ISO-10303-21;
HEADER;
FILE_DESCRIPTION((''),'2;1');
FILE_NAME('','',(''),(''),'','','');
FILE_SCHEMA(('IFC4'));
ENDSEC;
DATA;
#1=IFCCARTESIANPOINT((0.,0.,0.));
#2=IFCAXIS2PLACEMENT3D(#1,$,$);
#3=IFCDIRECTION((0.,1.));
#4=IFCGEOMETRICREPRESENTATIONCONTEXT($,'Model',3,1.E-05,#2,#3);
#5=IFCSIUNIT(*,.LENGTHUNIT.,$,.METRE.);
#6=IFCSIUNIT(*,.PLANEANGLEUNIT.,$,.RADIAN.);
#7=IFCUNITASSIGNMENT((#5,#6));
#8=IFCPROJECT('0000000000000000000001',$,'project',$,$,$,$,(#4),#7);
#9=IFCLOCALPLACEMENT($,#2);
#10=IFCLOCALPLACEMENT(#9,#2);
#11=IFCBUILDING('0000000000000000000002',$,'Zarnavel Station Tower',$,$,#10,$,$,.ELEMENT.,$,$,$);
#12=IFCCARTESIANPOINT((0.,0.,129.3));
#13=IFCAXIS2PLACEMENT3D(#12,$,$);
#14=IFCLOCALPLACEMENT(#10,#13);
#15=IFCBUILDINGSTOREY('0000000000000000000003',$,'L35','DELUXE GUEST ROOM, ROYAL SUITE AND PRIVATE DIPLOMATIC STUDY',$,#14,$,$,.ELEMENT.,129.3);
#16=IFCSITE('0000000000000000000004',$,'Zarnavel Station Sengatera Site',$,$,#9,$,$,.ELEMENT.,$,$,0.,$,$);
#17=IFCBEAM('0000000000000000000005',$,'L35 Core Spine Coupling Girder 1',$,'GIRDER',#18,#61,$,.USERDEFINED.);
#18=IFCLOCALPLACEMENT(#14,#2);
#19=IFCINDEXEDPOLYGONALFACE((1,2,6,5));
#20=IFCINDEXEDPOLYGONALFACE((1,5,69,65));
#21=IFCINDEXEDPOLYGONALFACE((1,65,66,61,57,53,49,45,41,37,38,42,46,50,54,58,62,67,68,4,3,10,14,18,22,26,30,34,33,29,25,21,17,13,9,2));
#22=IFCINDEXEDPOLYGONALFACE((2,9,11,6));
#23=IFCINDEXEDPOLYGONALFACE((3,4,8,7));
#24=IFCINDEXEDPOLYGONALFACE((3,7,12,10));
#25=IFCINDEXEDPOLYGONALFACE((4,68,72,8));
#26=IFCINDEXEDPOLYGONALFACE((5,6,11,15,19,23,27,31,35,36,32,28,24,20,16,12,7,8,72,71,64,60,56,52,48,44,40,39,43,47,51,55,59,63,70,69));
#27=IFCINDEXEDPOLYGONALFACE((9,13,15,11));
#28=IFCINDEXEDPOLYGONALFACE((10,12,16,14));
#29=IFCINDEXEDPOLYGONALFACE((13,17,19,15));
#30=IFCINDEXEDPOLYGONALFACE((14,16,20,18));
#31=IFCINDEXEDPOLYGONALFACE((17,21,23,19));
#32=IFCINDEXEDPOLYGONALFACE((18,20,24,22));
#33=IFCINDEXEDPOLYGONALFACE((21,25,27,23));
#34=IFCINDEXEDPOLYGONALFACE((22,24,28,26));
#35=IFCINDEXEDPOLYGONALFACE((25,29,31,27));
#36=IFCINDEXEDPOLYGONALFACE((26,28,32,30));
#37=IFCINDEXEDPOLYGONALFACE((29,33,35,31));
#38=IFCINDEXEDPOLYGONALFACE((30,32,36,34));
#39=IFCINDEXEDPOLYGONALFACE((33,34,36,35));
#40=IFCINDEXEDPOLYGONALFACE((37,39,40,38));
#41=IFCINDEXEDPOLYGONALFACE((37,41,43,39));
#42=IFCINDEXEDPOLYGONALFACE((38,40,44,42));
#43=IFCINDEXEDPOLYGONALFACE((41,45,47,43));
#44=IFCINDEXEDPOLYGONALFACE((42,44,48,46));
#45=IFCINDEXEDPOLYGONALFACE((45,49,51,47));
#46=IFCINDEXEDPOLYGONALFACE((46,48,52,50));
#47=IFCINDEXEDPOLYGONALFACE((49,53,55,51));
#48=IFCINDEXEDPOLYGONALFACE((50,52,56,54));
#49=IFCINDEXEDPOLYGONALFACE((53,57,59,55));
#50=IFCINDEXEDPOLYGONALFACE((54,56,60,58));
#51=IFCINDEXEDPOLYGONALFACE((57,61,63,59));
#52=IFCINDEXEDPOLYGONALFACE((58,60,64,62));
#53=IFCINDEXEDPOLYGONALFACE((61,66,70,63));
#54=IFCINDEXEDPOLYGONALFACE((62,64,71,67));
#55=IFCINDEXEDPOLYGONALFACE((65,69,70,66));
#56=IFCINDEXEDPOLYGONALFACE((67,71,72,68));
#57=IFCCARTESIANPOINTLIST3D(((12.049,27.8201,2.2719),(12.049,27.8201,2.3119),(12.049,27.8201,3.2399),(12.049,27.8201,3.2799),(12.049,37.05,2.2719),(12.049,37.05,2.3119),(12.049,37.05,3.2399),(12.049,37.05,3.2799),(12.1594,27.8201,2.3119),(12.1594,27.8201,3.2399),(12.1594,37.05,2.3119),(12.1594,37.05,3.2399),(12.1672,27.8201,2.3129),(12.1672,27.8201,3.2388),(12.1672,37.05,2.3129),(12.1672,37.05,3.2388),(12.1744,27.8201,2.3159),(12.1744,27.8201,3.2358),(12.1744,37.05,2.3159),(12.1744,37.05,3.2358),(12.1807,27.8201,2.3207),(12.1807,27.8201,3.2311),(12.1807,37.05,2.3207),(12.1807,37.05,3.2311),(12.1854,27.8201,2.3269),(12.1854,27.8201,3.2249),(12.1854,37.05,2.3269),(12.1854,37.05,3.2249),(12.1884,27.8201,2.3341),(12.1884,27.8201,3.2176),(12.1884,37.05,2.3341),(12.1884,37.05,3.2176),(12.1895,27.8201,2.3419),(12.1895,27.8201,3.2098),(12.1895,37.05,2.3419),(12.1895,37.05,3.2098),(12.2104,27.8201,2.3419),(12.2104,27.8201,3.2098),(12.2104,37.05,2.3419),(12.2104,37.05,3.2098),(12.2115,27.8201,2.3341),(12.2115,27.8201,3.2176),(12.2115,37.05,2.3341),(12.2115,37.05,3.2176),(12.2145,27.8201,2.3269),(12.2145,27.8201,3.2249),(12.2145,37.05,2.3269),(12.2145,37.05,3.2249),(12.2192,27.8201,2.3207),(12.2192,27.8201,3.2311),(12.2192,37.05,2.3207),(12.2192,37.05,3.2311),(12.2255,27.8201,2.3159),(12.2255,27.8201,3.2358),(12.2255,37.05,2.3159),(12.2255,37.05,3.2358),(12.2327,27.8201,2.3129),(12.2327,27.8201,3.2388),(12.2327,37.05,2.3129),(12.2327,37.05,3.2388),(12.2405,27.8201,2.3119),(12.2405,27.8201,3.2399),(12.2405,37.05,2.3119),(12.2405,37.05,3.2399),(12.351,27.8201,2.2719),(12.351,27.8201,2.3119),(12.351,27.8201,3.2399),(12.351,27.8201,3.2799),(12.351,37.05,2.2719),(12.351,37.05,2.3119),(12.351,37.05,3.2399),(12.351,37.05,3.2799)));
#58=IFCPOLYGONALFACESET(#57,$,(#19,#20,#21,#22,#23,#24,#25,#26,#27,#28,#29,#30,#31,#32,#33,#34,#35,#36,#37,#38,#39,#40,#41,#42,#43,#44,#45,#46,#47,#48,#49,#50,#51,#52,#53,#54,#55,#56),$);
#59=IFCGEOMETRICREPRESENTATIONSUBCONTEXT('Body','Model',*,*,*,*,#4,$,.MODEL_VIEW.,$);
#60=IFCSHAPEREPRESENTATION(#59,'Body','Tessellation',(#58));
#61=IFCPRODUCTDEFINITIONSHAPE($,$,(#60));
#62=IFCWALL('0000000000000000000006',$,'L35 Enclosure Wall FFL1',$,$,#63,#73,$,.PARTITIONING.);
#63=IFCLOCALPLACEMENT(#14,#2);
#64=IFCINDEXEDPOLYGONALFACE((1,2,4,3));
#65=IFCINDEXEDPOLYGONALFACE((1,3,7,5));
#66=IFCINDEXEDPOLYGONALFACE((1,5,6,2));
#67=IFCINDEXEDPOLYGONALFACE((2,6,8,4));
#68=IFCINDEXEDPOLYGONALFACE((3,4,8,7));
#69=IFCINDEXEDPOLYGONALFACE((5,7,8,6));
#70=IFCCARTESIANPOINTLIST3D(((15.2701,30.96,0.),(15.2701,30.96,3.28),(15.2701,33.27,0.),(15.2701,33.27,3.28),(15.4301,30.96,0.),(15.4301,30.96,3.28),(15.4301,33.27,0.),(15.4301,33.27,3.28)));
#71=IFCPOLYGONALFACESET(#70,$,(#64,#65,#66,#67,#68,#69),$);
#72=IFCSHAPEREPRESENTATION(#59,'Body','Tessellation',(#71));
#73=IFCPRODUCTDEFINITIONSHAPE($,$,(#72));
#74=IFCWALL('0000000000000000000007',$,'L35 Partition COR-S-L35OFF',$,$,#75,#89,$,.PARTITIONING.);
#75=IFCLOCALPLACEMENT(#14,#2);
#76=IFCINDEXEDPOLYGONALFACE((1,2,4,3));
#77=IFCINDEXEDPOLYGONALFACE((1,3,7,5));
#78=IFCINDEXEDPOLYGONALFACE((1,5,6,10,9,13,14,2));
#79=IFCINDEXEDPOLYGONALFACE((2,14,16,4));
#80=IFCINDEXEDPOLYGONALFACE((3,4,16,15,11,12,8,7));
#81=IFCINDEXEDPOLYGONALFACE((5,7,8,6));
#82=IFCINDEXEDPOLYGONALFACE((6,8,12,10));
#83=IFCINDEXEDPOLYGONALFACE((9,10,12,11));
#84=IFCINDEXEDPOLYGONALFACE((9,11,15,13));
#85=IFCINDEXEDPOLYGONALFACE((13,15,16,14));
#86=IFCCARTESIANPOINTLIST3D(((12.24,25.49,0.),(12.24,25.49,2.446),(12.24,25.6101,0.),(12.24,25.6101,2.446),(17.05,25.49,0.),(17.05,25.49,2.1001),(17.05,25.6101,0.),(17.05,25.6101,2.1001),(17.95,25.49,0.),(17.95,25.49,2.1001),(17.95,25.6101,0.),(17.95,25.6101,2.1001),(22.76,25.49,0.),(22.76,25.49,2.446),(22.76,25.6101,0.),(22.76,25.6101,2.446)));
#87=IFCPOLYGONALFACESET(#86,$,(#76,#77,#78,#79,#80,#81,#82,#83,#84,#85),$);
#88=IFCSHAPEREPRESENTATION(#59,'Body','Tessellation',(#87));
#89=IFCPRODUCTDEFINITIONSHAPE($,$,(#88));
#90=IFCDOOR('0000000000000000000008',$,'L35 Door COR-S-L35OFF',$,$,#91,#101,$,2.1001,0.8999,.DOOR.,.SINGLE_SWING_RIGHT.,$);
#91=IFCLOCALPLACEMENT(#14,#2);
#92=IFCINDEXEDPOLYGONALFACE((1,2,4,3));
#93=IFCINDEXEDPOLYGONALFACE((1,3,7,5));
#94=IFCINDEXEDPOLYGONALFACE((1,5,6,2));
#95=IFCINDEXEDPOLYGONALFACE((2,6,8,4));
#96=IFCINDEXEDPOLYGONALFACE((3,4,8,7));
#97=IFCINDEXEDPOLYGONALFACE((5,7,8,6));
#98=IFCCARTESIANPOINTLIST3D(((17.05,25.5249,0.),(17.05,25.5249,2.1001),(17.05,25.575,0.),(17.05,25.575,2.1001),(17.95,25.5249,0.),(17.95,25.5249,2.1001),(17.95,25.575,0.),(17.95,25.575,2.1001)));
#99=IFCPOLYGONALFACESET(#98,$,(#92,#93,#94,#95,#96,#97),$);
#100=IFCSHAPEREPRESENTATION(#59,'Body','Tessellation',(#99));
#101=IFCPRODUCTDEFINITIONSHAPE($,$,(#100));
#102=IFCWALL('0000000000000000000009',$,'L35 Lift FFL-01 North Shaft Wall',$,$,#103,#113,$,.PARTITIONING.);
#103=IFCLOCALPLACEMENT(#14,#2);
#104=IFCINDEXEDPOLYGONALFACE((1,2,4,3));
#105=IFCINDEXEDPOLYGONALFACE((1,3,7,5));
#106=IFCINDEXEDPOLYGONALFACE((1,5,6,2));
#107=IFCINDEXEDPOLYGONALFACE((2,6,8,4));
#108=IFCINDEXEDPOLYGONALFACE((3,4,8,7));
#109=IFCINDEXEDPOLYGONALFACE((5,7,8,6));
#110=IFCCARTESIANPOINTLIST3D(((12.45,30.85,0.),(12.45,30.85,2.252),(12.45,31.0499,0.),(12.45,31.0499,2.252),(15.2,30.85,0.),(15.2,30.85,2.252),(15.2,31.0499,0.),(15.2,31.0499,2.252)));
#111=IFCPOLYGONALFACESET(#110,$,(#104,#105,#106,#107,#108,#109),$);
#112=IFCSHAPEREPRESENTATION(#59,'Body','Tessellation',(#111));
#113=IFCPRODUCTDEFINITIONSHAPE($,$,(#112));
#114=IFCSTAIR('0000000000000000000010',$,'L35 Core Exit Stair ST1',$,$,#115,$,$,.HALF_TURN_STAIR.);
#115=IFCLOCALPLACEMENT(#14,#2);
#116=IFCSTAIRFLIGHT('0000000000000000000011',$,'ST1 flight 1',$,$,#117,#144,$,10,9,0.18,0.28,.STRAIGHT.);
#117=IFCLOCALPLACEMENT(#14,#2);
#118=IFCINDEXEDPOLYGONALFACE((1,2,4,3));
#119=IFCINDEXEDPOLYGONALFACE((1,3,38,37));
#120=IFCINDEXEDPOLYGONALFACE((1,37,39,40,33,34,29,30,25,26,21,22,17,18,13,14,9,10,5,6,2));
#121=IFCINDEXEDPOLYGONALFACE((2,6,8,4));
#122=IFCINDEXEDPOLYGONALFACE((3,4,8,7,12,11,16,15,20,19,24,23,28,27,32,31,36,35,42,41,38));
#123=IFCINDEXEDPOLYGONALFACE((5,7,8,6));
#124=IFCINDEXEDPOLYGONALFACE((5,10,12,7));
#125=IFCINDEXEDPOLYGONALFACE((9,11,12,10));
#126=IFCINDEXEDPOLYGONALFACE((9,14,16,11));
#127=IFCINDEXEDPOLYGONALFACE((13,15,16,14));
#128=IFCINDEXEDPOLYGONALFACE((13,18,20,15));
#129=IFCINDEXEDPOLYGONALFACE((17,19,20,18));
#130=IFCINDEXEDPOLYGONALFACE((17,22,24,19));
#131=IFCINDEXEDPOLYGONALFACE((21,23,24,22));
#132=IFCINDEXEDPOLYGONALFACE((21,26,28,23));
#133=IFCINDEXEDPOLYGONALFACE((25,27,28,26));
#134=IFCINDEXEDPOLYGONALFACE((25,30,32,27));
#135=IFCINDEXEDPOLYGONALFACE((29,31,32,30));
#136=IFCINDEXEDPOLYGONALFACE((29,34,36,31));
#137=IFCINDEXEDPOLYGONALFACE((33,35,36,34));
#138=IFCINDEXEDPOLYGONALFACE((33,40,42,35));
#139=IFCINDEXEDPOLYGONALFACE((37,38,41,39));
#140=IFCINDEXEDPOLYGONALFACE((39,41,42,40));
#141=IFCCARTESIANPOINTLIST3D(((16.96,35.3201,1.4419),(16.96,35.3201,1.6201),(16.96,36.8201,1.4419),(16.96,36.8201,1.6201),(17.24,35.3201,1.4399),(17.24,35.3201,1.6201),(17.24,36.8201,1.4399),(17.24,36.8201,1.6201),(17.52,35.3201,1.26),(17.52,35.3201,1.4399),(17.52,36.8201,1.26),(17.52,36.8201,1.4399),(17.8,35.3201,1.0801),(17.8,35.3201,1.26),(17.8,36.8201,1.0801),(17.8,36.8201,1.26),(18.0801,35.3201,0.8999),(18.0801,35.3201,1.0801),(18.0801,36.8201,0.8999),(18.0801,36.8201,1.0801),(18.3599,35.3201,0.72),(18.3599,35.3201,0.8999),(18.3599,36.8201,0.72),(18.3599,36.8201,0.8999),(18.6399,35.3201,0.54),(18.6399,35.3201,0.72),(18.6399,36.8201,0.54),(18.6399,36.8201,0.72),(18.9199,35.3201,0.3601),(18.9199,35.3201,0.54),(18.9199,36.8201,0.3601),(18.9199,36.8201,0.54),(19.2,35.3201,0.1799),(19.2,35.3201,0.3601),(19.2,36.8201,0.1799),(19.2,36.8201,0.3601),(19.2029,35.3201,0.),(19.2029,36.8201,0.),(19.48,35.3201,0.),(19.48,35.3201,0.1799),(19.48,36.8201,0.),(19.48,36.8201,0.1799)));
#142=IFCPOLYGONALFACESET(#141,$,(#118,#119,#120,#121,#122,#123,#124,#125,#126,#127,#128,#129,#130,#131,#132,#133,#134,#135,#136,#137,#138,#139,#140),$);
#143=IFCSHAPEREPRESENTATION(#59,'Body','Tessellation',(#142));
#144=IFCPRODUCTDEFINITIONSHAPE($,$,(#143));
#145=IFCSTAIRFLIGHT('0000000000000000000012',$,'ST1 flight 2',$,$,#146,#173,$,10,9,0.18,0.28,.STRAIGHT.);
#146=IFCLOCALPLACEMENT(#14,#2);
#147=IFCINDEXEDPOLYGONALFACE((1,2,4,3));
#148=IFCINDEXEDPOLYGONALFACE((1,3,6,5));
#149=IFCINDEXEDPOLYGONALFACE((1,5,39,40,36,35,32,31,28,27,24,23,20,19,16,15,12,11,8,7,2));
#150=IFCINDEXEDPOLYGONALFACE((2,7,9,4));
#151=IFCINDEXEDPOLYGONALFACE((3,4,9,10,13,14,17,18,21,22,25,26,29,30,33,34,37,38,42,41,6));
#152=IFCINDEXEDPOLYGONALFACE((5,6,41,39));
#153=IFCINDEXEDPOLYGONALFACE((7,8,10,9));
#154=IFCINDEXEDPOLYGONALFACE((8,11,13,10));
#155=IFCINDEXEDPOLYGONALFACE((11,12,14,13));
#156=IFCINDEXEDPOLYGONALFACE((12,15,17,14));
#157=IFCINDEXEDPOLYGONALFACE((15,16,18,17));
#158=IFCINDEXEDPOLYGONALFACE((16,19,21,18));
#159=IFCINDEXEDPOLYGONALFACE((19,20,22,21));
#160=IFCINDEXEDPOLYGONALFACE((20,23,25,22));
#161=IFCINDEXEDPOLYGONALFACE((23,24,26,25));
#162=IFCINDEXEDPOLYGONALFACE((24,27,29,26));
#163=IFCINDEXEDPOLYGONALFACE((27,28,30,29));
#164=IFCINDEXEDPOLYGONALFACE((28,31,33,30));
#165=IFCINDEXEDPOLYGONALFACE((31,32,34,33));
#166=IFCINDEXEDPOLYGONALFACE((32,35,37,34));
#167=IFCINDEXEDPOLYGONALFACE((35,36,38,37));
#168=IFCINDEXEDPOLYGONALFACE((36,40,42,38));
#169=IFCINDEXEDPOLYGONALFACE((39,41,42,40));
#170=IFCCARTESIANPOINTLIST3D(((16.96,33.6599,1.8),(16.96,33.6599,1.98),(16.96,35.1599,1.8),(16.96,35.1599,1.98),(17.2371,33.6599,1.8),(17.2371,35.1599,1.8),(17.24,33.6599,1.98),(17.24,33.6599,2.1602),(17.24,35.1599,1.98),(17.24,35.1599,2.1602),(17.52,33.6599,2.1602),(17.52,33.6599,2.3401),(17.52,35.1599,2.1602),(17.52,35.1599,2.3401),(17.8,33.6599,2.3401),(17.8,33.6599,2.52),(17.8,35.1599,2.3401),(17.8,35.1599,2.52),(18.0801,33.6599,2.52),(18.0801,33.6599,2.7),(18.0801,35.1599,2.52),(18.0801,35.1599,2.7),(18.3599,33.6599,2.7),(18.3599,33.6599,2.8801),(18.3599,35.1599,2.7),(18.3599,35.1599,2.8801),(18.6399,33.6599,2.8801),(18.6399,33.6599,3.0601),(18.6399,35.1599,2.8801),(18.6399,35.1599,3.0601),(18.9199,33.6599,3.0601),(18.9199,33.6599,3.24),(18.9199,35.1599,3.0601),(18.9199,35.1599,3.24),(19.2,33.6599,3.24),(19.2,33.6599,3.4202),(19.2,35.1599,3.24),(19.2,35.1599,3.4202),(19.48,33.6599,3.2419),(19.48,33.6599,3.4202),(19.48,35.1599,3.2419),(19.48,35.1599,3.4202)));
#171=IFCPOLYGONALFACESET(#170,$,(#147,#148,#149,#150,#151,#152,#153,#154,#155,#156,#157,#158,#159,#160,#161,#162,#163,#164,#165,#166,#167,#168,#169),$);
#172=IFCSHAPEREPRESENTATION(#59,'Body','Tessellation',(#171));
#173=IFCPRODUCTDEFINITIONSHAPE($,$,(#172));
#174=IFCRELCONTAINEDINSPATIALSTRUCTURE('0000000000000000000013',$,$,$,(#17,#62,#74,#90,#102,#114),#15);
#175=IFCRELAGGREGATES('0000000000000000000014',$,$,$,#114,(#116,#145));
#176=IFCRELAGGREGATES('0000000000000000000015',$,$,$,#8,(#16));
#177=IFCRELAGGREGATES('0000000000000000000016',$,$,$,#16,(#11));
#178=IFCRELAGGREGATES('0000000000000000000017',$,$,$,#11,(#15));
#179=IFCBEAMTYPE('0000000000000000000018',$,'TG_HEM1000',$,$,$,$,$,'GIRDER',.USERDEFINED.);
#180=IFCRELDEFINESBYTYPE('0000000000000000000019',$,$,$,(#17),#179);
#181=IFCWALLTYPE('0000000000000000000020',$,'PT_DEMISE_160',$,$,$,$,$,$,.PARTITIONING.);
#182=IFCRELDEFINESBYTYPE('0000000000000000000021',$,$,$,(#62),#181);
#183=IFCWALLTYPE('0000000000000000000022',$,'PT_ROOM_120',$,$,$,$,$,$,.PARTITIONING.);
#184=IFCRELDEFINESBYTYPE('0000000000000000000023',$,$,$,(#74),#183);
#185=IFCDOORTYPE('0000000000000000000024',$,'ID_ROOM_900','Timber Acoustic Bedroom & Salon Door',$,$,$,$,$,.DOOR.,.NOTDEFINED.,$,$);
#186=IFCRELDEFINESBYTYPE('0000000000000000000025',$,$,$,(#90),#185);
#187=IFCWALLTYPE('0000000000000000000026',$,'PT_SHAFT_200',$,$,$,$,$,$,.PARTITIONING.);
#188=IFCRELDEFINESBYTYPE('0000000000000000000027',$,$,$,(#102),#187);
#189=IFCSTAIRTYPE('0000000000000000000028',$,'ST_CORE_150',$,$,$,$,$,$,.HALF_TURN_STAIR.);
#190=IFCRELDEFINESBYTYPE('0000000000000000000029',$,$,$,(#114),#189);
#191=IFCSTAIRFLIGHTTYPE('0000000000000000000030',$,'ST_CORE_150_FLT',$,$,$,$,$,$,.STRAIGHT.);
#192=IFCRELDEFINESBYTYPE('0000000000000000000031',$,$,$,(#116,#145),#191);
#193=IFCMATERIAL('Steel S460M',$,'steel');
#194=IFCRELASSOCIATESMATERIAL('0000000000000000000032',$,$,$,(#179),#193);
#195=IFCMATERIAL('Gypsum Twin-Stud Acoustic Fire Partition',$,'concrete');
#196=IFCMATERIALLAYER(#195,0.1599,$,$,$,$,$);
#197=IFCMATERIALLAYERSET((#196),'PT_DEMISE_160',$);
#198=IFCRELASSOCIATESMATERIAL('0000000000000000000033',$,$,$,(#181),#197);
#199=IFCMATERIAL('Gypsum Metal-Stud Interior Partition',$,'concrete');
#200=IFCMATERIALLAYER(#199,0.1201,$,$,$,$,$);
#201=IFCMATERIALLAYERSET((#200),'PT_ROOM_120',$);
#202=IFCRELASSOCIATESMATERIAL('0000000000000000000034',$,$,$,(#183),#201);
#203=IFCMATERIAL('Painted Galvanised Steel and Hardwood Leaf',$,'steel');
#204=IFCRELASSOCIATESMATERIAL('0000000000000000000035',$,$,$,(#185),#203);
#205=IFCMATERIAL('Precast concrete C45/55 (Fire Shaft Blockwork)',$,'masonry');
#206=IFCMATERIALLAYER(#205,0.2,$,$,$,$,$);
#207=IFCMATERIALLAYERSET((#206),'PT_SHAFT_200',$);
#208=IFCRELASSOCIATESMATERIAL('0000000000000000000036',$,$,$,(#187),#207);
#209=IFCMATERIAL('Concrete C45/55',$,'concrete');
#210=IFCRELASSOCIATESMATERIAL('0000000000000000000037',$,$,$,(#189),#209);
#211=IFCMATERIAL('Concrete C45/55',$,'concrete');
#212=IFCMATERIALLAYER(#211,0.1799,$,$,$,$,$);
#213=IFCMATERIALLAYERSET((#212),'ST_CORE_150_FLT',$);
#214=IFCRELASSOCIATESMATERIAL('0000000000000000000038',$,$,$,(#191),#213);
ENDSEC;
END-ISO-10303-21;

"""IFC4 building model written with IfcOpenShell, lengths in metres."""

from ifc_helpers import new_model, si_unit, direction, frame, frame_2d, origin, origin_2d, place, context, subcontext, project, spatial, polyline, rectangle, i_section, outline, extrude, material, layer, layer_set, material_profile, profile_set, type_object, element, fill, aggregate, save


model = new_model("IFC4")

# Units and contexts
model_context = context("Model", 3, precision=1e-05, world=origin(), true_north=direction((0.0, 1.0)))
body_context = subcontext(model_context, "Body", "Model", "MODEL_VIEW")
ifc_project = project(units=[si_unit("LENGTHUNIT", "METRE"), si_unit("PLANEANGLEUNIT", "RADIAN")], contexts=[model_context])

# Site, building, storey
site_placement = place(None, origin())
site = spatial("IfcSite", under=ifc_project, at=site_placement, Name="Zarnavel Station Sengatera Site", CompositionType="ELEMENT", RefElevation=0.0)
building_placement = place(site_placement, origin())
building = spatial("IfcBuilding", under=site, at=building_placement, Name="Zarnavel Station Tower", CompositionType="ELEMENT")
storey_placement = place(building_placement, frame((0.0, 0.0, 129.3)))
storey = spatial("IfcBuildingStorey", under=building, at=storey_placement, Name="L35", Description="DELUXE GUEST ROOM, ROYAL SUITE AND PRIVATE DIPLOMATIC STUDY", CompositionType="ELEMENT", Elevation=129.3)

# Beam
ifc_material_1 = material(Name="Steel S460M", Category="steel")
ifc_material_profile_1 = material_profile(ifc_material_1, i_section(OverallWidth=0.302, OverallDepth=1.0081, WebThickness=0.021, FlangeThickness=0.04, FilletRadius=0.03, at=origin_2d()), Name="HEM1000")
ifc_profile_set_1 = profile_set([ifc_material_profile_1], Name="Steel S460M")
beam_type_1 = type_object("IfcBeamType", Name="TG_HEM1000", ElementType="GIRDER", PredefinedType="USERDEFINED", material=ifc_profile_set_1)
beam_1_placement = place(storey_placement, frame((12.2, 27.8201, 2.7759), z_axis=(0.0, 1.0, 0.0), x_axis=(-1.0, 0.0, 0.0)))
element("IfcBeam", 1, at=beam_1_placement, inside=storey, type_object=beam_type_1, Name="L35 Core Spine Coupling Girder 1", ObjectType="GIRDER", PredefinedType="USERDEFINED", context=body_context, shape_type="SweptSolid", body=[
    extrude(i_section(OverallWidth=0.302, OverallDepth=1.0081, WebThickness=0.021, FlangeThickness=0.04, FilletRadius=0.03, at=origin_2d()), origin(), (0.0, 0.0, 1.0), 9.23),
])

# Wall
ifc_material_2 = material(Name="Gypsum Twin-Stud Acoustic Fire Partition", Category="concrete")
ifc_layer_1 = layer(ifc_material_2, 0.1599)
ifc_layer_set_1 = layer_set([ifc_layer_1], Name="PT_DEMISE_160")
wall_type_1 = type_object("IfcWallType", Name="PT_DEMISE_160", PredefinedType="PARTITIONING", material=ifc_layer_set_1)
wall_1_placement = place(storey_placement, frame((15.3501, 30.96, 0.0), z_axis=(0.0, 0.0, 1.0), x_axis=(0.0, 1.0, 0.0)))
element("IfcWall", 2, at=wall_1_placement, inside=storey, type_object=wall_type_1, Name="L35 Enclosure Wall FFL1", PredefinedType="PARTITIONING", context=body_context, shape_type="SweptSolid", body=[
    extrude(rectangle(XDim=2.3101, YDim=0.1599, at=frame_2d((1.155, 0.0))), origin(), (0.0, 0.0, 1.0), 3.28),
])

# Wall, opening, door
ifc_material_3 = material(Name="Gypsum Metal-Stud Interior Partition", Category="concrete")
ifc_layer_2 = layer(ifc_material_3, 0.1201)
ifc_layer_set_2 = layer_set([ifc_layer_2], Name="PT_ROOM_120")
wall_type_2 = type_object("IfcWallType", Name="PT_ROOM_120", PredefinedType="PARTITIONING", material=ifc_layer_set_2)
wall_2_placement = place(storey_placement, frame((12.24, 25.55, 0.0), z_axis=(0.0, 0.0, 1.0), x_axis=(1.0, 0.0, 0.0)))
wall_2 = element("IfcWall", 3, at=wall_2_placement, inside=storey, type_object=wall_type_2, Name="L35 Partition COR-S-L35OFF", PredefinedType="PARTITIONING", context=body_context, shape_type="SweptSolid", body=[
    extrude(rectangle(XDim=10.52, YDim=0.1201, at=frame_2d((5.26, 0.0))), origin(), (0.0, 0.0, 1.0), 2.446),
])
opening_1_placement = place(wall_2_placement, frame((4.8101, 0.0, 0.0)))
opening_1 = element("IfcOpeningElement", 4, at=opening_1_placement, cuts=wall_2, PredefinedType="OPENING", context=body_context, shape_type="SweptSolid", body=[
    extrude(rectangle(XDim=0.8999, YDim=2.1001, at=frame_2d((0.45, 1.05))), frame((0.0, 0.0701, 0.0), z_axis=(0.0, -1.0, 0.0), x_axis=(1.0, 0.0, 0.0)), (0.0, 0.0, 1.0), 0.1401),
])
ifc_material_4 = material(Name="Painted Galvanised Steel and Hardwood Leaf", Category="steel")
door_type_1 = type_object("IfcDoorType", Name="ID_ROOM_900", Description="Timber Acoustic Bedroom & Salon Door", OperationType="NOTDEFINED", PredefinedType="DOOR", material=ifc_material_4)
door_1_placement = place(opening_1_placement, origin())
door_1 = element("IfcDoor", 5, at=door_1_placement, inside=storey, type_object=door_type_1, Name="L35 Door COR-S-L35OFF", OperationType="SINGLE_SWING_RIGHT", OverallHeight=2.1001, OverallWidth=0.8999, PredefinedType="DOOR", context=body_context, shape_type="SweptSolid", body=[
    extrude(rectangle(XDim=0.8999, YDim=2.1001, at=frame_2d((0.45, 1.05))), frame((0.0, 0.0249, 0.0), z_axis=(0.0, -1.0, 0.0), x_axis=(1.0, 0.0, 0.0)), (0.0, 0.0, 1.0), 0.05),
])
fill(opening_1, door_1)
ifc_material_5 = material(Name="Precast concrete C45/55 (Fire Shaft Blockwork)", Category="masonry")
ifc_layer_3 = layer(ifc_material_5, 0.2)
ifc_layer_set_3 = layer_set([ifc_layer_3], Name="PT_SHAFT_200")
wall_type_3 = type_object("IfcWallType", Name="PT_SHAFT_200", PredefinedType="PARTITIONING", material=ifc_layer_set_3)

# Wall
wall_3_placement = place(storey_placement, frame((12.45, 30.95, 0.0), z_axis=(0.0, 0.0, 1.0), x_axis=(1.0, 0.0, 0.0)))
element("IfcWall", 6, at=wall_3_placement, inside=storey, type_object=wall_type_3, Name="L35 Lift FFL-01 North Shaft Wall", PredefinedType="PARTITIONING", context=body_context, shape_type="SweptSolid", body=[
    extrude(rectangle(XDim=2.75, YDim=0.2, at=frame_2d((1.375, 0.0))), origin(), (0.0, 0.0, 1.0), 2.252),
])

# Stair, stair flights
ifc_material_6 = material(Name="Concrete C45/55", Category="concrete")
stair_type = type_object("IfcStairType", Name="ST_CORE_150", PredefinedType="HALF_TURN_STAIR", material=ifc_material_6)
stair_placement = place(storey_placement, origin())
stair = element("IfcStair", 7, at=stair_placement, inside=storey, type_object=stair_type, Name="L35 Core Exit Stair ST1", PredefinedType="HALF_TURN_STAIR")
ifc_material_7 = material(Name="Concrete C45/55", Category="concrete")
ifc_layer_4 = layer(ifc_material_7, 0.1799)
ifc_layer_set_4 = layer_set([ifc_layer_4], Name="ST_CORE_150_FLT")
stair_flight_type = type_object("IfcStairFlightType", Name="ST_CORE_150_FLT", PredefinedType="STRAIGHT", material=ifc_layer_set_4)
stair_flight_1_placement = place(storey_placement, frame((19.48, 36.0701, 0.0), z_axis=(0.0, 0.0, 1.0), x_axis=(-1.0, 0.0, 0.0)))
stair_flight_1 = element("IfcStairFlight", 8, at=stair_flight_1_placement, type_object=stair_flight_type, Name="ST1 flight 1", NumberOfRisers=10, NumberOfTreads=9, PredefinedType="STRAIGHT", RiserHeight=0.18, TreadLength=0.28, context=body_context, shape_type="SweptSolid", body=[
    extrude(outline(polyline([(0.0, 0.0), (0.0, 0.1799), (0.28, 0.1799), (0.28, 0.3601), (0.5601, 0.3601), (0.5601, 0.54), (0.8401, 0.54), (0.8401, 0.72), (1.1201, 0.72), (1.1201, 0.8999), (1.3999, 0.8999), (1.3999, 1.0801), (1.6799, 1.0801), (1.6799, 1.26), (1.96, 1.26), (1.96, 1.4399), (2.24, 1.4399), (2.24, 1.6201), (2.52, 1.6201), (2.52, 1.8), (2.52, 1.4419), (0.2771, 0.0), (0.0, 0.0)])), frame((0.0, 0.75, 0.0), z_axis=(0.0, -1.0, 0.0), x_axis=(1.0, 0.0, 0.0)), (0.0, 0.0, 1.0), 1.5),
])
stair_flight_2_placement = place(storey_placement, frame((16.96, 34.4099, 1.8), z_axis=(0.0, 0.0, 1.0), x_axis=(1.0, 0.0, 0.0)))
stair_flight_2 = element("IfcStairFlight", 9, at=stair_flight_2_placement, type_object=stair_flight_type, Name="ST1 flight 2", NumberOfRisers=10, NumberOfTreads=9, PredefinedType="STRAIGHT", RiserHeight=0.18, TreadLength=0.28, context=body_context, shape_type="SweptSolid", body=[
    extrude(outline(polyline([(0.0, 0.0), (0.0, 0.1799), (0.28, 0.1799), (0.28, 0.3601), (0.5601, 0.3601), (0.5601, 0.54), (0.8401, 0.54), (0.8401, 0.72), (1.1201, 0.72), (1.1201, 0.8999), (1.3999, 0.8999), (1.3999, 1.0801), (1.6799, 1.0801), (1.6799, 1.26), (1.96, 1.26), (1.96, 1.4399), (2.24, 1.4399), (2.24, 1.6201), (2.52, 1.6201), (2.52, 1.8), (2.52, 1.4419), (0.2771, 0.0), (0.0, 0.0)])), frame((0.0, 0.75, 0.0), z_axis=(0.0, -1.0, 0.0), x_axis=(1.0, 0.0, 0.0)), (0.0, 0.0, 1.0), 1.5),
])
aggregate(stair, [stair_flight_1, stair_flight_2])

save(model, "model.ifc")
